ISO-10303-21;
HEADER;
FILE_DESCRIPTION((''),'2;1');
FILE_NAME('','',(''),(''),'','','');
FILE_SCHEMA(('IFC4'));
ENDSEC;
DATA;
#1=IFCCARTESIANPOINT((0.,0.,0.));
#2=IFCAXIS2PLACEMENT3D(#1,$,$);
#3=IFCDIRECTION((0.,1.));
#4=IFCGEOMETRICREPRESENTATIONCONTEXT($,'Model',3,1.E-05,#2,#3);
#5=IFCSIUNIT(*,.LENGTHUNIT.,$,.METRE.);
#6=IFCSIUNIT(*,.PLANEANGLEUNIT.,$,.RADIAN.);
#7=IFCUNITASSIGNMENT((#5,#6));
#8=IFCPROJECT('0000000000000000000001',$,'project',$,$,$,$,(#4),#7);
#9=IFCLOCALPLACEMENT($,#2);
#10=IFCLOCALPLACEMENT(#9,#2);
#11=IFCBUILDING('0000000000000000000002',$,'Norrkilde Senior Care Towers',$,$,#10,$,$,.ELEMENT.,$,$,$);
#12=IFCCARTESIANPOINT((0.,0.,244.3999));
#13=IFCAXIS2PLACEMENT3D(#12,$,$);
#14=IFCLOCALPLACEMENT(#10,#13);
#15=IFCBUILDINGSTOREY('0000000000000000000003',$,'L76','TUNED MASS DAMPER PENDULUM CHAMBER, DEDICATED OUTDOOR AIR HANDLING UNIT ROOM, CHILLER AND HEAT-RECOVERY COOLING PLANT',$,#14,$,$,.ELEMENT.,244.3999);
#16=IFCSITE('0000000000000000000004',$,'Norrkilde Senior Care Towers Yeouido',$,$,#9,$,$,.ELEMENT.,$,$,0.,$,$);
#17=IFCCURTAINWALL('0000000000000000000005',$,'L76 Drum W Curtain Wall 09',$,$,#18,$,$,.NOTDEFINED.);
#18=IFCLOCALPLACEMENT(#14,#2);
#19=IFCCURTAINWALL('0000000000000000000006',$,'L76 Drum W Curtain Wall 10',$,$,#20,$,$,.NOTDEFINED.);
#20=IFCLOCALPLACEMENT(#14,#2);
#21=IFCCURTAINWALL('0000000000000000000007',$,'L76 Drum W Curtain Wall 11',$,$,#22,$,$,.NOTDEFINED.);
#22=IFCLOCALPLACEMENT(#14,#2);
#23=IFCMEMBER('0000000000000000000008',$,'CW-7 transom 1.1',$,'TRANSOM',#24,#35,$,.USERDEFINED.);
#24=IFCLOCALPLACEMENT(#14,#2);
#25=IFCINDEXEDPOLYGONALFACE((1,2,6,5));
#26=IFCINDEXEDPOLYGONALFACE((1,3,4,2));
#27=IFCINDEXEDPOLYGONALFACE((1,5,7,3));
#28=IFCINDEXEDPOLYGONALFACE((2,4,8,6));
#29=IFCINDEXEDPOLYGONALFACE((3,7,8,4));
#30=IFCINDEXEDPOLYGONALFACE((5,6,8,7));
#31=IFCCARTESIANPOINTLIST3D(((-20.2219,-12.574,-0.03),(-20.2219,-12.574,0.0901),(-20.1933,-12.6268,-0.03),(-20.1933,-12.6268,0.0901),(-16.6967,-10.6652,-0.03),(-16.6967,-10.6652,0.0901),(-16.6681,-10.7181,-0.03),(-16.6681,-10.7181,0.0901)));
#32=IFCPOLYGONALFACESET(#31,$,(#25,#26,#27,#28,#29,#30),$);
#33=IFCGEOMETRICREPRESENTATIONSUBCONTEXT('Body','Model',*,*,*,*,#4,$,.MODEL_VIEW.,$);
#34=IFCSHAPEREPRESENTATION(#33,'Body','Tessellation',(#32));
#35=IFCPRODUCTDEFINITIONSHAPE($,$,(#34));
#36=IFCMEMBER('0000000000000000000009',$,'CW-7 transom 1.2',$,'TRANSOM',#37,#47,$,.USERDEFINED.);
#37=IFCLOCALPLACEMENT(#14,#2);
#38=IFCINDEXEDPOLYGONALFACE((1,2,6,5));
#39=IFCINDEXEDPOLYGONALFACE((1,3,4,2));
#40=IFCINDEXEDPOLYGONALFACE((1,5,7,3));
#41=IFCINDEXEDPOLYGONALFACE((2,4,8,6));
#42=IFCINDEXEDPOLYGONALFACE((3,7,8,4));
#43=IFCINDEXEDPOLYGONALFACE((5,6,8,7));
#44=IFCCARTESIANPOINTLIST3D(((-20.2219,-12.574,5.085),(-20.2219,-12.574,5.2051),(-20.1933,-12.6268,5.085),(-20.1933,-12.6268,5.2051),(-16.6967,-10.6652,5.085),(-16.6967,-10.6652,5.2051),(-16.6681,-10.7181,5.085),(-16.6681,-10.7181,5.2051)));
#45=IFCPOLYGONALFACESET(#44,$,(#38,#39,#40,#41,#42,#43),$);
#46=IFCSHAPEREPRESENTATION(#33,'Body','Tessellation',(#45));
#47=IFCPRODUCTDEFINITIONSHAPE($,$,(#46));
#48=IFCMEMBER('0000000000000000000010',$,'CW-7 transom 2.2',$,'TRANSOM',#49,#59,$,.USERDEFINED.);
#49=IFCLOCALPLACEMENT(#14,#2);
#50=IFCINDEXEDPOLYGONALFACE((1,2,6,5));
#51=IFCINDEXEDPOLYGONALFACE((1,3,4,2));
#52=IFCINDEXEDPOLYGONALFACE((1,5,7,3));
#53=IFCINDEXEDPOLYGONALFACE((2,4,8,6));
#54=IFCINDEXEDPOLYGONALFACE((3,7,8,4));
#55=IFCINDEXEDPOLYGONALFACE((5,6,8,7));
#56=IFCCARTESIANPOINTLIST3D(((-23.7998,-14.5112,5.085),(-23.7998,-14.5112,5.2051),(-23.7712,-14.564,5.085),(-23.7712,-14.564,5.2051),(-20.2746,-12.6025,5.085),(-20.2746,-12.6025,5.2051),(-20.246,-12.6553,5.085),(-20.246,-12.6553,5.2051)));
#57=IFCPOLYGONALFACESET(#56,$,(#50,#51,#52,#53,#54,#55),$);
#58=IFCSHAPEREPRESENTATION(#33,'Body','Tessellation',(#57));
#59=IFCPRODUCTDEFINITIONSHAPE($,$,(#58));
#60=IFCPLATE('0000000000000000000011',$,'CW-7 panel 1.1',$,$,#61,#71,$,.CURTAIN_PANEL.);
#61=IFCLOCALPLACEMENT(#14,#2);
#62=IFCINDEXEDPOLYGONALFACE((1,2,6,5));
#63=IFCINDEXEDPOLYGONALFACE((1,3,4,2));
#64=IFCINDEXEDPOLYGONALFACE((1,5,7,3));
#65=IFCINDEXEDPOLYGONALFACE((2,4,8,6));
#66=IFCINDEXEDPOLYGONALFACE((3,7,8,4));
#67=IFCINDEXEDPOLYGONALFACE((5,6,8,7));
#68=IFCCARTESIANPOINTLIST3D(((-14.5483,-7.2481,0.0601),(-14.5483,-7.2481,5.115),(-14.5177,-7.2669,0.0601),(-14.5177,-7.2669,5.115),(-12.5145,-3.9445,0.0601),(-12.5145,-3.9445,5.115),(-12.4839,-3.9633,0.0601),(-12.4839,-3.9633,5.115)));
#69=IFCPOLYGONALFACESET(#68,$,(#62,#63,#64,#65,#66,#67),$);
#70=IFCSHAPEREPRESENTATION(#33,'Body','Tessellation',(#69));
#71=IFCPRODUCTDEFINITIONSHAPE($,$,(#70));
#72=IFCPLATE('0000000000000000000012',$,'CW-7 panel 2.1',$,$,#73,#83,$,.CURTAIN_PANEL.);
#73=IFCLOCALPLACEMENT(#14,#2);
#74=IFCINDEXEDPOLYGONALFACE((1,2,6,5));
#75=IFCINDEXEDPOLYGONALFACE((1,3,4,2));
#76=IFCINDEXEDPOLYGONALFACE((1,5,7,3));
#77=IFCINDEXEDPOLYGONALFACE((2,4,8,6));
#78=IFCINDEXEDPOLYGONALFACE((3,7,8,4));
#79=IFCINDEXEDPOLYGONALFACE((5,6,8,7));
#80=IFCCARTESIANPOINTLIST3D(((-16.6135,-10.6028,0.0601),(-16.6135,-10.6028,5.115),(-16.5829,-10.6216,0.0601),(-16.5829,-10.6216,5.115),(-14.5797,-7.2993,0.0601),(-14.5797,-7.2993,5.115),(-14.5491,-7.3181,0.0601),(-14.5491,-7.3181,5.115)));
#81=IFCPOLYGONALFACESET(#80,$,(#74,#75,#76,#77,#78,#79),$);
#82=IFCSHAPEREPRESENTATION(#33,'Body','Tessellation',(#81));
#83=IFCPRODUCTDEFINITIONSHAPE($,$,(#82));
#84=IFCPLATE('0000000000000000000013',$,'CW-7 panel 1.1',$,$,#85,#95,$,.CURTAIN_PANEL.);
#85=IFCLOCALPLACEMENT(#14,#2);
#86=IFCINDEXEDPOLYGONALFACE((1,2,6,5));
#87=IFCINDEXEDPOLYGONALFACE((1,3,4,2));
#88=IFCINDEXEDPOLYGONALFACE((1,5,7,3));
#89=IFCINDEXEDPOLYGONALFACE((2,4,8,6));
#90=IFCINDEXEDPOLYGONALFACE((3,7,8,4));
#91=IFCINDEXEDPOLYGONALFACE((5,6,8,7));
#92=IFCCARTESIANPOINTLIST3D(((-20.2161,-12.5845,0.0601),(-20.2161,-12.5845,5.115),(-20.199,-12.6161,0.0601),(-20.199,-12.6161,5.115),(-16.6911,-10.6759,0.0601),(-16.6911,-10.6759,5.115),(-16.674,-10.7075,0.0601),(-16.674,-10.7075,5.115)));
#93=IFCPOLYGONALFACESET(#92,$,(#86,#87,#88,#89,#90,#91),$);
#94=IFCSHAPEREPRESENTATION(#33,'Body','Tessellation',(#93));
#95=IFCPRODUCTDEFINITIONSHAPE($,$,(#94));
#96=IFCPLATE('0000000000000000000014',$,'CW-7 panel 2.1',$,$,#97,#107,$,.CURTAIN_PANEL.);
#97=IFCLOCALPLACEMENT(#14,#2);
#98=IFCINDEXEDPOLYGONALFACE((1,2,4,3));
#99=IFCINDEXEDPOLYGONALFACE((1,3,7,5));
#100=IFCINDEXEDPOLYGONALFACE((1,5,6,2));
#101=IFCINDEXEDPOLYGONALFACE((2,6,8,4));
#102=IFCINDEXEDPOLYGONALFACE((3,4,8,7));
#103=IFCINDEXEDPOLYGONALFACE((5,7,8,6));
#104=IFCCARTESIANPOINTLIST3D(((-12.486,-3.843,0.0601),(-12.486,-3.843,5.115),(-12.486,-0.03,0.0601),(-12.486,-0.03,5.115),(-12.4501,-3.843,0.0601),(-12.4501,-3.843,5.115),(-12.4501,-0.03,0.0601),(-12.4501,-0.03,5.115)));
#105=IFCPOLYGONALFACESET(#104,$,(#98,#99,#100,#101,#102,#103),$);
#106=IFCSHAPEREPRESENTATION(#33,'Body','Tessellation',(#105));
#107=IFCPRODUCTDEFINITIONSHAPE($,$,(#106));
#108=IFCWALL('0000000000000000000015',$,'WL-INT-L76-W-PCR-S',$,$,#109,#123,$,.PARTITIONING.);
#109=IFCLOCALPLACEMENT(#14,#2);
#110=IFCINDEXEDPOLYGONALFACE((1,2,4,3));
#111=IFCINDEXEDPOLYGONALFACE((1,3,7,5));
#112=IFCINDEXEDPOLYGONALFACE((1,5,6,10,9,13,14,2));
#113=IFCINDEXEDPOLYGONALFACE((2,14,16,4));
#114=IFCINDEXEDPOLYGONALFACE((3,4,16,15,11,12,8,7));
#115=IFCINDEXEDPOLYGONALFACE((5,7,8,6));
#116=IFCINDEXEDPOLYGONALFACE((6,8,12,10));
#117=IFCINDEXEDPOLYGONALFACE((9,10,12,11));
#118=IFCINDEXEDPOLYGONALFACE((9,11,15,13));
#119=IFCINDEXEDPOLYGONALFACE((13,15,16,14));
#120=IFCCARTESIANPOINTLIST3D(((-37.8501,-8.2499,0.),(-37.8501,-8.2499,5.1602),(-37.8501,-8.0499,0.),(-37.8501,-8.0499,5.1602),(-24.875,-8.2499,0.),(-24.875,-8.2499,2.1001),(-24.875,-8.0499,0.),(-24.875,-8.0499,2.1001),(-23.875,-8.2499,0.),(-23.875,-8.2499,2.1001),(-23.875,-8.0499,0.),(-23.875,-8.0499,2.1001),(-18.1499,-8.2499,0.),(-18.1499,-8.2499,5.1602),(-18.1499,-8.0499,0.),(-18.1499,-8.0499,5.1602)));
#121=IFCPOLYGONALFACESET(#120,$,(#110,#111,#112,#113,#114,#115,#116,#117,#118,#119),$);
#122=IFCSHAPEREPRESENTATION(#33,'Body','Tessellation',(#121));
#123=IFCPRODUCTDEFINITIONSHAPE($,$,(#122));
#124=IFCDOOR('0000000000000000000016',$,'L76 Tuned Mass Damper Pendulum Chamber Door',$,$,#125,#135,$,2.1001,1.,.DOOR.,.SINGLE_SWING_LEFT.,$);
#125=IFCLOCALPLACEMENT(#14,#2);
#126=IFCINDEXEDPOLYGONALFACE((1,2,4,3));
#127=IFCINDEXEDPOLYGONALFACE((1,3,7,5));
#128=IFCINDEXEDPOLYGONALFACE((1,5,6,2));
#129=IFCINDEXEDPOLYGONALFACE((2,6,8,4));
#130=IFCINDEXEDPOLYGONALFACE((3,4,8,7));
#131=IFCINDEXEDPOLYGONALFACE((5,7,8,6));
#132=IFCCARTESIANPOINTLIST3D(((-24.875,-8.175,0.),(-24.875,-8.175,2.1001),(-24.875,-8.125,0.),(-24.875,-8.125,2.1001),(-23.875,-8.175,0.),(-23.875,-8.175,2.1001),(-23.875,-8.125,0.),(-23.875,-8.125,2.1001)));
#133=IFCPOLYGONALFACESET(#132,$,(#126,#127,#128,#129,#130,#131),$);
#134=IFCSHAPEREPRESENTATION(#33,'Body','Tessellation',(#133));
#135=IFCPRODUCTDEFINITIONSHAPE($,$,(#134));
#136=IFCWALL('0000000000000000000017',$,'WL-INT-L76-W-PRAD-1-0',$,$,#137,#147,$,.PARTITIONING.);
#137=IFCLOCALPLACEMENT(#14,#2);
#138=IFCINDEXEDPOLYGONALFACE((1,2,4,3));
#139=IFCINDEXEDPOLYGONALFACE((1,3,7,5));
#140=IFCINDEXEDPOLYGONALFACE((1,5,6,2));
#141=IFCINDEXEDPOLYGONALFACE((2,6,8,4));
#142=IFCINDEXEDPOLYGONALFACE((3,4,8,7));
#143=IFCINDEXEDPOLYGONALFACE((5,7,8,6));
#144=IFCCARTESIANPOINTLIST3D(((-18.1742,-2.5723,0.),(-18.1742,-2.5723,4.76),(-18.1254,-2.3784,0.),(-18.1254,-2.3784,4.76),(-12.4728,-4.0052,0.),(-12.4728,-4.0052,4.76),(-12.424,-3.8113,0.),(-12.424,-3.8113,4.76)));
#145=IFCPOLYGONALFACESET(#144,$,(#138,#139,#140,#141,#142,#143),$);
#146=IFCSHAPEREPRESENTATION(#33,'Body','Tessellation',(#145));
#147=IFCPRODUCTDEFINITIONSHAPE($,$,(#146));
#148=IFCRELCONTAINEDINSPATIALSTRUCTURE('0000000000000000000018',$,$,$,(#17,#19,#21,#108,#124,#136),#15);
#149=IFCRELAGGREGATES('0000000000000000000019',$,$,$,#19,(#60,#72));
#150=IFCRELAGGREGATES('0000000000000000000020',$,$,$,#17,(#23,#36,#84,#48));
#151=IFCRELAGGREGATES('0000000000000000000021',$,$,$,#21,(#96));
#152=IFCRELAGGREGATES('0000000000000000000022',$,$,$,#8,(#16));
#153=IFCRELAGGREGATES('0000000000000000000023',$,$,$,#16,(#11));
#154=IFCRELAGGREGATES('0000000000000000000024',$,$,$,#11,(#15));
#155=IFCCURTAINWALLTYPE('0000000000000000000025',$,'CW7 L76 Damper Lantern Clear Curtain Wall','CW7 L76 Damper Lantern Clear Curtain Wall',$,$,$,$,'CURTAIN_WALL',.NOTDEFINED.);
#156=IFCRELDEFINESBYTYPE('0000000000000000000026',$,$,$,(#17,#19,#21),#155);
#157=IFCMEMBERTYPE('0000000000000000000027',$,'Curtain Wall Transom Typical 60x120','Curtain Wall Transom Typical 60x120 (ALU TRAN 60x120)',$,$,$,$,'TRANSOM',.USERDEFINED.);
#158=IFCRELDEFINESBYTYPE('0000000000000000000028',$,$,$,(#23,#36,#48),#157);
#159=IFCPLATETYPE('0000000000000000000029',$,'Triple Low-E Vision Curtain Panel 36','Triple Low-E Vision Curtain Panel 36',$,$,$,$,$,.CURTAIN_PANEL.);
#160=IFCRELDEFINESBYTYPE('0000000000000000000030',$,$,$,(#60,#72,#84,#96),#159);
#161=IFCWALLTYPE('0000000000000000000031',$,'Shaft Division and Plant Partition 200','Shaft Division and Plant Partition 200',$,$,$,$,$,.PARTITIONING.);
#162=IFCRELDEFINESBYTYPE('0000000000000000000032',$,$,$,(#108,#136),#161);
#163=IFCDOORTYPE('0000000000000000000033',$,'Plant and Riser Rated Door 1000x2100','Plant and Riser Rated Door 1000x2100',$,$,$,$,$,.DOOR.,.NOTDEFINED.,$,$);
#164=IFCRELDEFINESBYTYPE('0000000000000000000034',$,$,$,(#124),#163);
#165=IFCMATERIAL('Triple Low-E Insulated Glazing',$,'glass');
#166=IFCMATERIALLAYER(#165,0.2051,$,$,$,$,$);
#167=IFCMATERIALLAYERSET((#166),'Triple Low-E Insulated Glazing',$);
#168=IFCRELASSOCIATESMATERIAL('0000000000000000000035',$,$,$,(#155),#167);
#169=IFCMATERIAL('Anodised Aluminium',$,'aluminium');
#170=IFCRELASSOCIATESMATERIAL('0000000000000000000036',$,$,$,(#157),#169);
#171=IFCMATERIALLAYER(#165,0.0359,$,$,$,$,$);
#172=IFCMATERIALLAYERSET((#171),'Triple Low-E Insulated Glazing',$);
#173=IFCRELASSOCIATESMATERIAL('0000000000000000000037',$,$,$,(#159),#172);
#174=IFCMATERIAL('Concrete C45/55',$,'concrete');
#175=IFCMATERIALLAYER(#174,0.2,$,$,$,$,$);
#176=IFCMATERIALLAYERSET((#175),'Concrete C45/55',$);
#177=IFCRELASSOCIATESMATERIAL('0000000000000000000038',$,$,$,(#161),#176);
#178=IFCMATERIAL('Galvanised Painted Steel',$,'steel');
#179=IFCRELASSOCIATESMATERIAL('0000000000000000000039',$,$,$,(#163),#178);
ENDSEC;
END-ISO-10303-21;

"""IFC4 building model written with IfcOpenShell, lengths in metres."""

from ifc_helpers import new_model, si_unit, direction, frame, frame_2d, origin, origin_2d, place, context, subcontext, project, spatial, rectangle, extrude, source, transform, mapped, material, layer, layer_set, material_profile, profile_set, type_object, type_shapes, element, fill, aggregate, save


model = new_model("IFC4")

# Units and contexts
model_context = context("Model", 3, precision=1e-05, world=origin(), true_north=direction((0.0, 1.0)))
body_context = subcontext(model_context, "Body", "Model", "MODEL_VIEW")
ifc_project = project(units=[si_unit("LENGTHUNIT", "METRE"), si_unit("PLANEANGLEUNIT", "RADIAN")], contexts=[model_context])

# Site, building, storey
site_placement = place(None, origin())
site = spatial("IfcSite", under=ifc_project, at=site_placement, Name="Norrkilde Senior Care Towers Yeouido", CompositionType="ELEMENT", RefElevation=0.0)
building_placement = place(site_placement, origin())
building = spatial("IfcBuilding", under=site, at=building_placement, Name="Norrkilde Senior Care Towers", CompositionType="ELEMENT")
storey_placement = place(building_placement, frame((0.0, 0.0, 244.3999)))
storey = spatial("IfcBuildingStorey", under=building, at=storey_placement, Name="L76", Description="TUNED MASS DAMPER PENDULUM CHAMBER, DEDICATED OUTDOOR AIR HANDLING UNIT ROOM, CHILLER AND HEAT-RECOVERY COOLING PLANT", CompositionType="ELEMENT", Elevation=244.3999)

# Curtain walls
ifc_material_1 = material(Name="Triple Low-E Insulated Glazing", Category="glass")
ifc_layer_1 = layer(ifc_material_1, 0.2051)
ifc_layer_set_1 = layer_set([ifc_layer_1], Name="Triple Low-E Insulated Glazing")
curtain_wall_type = type_object("IfcCurtainWallType", Name="CW7 L76 Damper Lantern Clear Curtain Wall", Description="CW7 L76 Damper Lantern Clear Curtain Wall", ElementType="CURTAIN_WALL", PredefinedType="NOTDEFINED", material=ifc_layer_set_1)
curtain_wall_1_placement = place(storey_placement, origin())
curtain_wall_1 = element("IfcCurtainWall", 1, at=curtain_wall_1_placement, inside=storey, type_object=curtain_wall_type, Name="L76 Drum W Curtain Wall 09", PredefinedType="NOTDEFINED")
ifc_material_2 = material(Name="Anodised Aluminium", Category="aluminium")
curtain_wall_2_placement = place(storey_placement, origin())
curtain_wall_2 = element("IfcCurtainWall", 2, at=curtain_wall_2_placement, inside=storey, type_object=curtain_wall_type, Name="L76 Drum W Curtain Wall 10", PredefinedType="NOTDEFINED")

# Curtain wall
curtain_wall_3_placement = place(storey_placement, origin())
curtain_wall_3 = element("IfcCurtainWall", 3, at=curtain_wall_3_placement, inside=storey, type_object=curtain_wall_type, Name="L76 Drum W Curtain Wall 11", PredefinedType="NOTDEFINED")

# Members
ifc_material_profile_1 = material_profile(ifc_material_2, rectangle(XDim=0.0601, YDim=0.1201, at=origin_2d()), Name="ALU TRAN 60x120")
ifc_profile_set_1 = profile_set([ifc_material_profile_1], Name="Anodised Aluminium")
member_type_1 = type_object("IfcMemberType", Name="Curtain Wall Transom Typical 60x120", Description="Curtain Wall Transom Typical 60x120 (ALU TRAN 60x120)", ElementType="TRANSOM", PredefinedType="USERDEFINED", material=ifc_profile_set_1)
shared_shape_1 = source(origin(), body_context, "Body", "SweptSolid", [
    extrude(rectangle(XDim=0.0601, YDim=0.1201, at=origin_2d()), origin(), (0.0, 0.0, 1.0), 4.0088),
])
member_1_placement = place(storey_placement, frame((-16.6824, -10.6917, 0.03), z_axis=(-0.879372, -0.476136, 0.0), x_axis=(0.476136, -0.879372, 0.0)))
member_1 = element("IfcMember", 4, at=member_1_placement, type_object=member_type_1, Name="CW-7 transom 1.1", ObjectType="TRANSOM", PredefinedType="USERDEFINED", context=body_context, shape_type="MappedRepresentation", body=[
    mapped(shared_shape_1, transform((0.0, 0.0, 0.0), x_axis=(1.0, 0.0, 0.0), y_axis=(0.0, 1.0, 0.0), z_axis=(0.0, 0.0, 1.0), scale=1.0)),
])
member_2_placement = place(storey_placement, frame((-16.6824, -10.6917, 5.145), z_axis=(-0.879372, -0.476136, 0.0), x_axis=(0.476136, -0.879372, 0.0)))
member_2 = element("IfcMember", 5, at=member_2_placement, type_object=member_type_1, Name="CW-7 transom 1.2", ObjectType="TRANSOM", PredefinedType="USERDEFINED", context=body_context, shape_type="MappedRepresentation", body=[
    mapped(shared_shape_1, transform((0.0, 0.0, 0.0), x_axis=(1.0, 0.0, 0.0), y_axis=(0.0, 1.0, 0.0), z_axis=(0.0, 0.0, 1.0), scale=1.0)),
])
member_3_placement = place(storey_placement, frame((-20.2603, -12.6289, 5.145), z_axis=(-0.879372, -0.476136, 0.0), x_axis=(0.476136, -0.879372, 0.0)))
member_3 = element("IfcMember", 6, at=member_3_placement, type_object=member_type_1, Name="CW-7 transom 2.2", ObjectType="TRANSOM", PredefinedType="USERDEFINED", context=body_context, shape_type="MappedRepresentation", body=[
    mapped(shared_shape_1, transform((0.0, 0.0, 0.0), x_axis=(1.0, 0.0, 0.0), y_axis=(0.0, 1.0, 0.0), z_axis=(0.0, 0.0, 1.0), scale=1.0)),
])

# Plates
ifc_layer_2 = layer(ifc_material_1, 0.0359)
ifc_layer_set_2 = layer_set([ifc_layer_2], Name="Triple Low-E Insulated Glazing")
plate_type = type_object("IfcPlateType", Name="Triple Low-E Vision Curtain Panel 36", Description="Triple Low-E Vision Curtain Panel 36", PredefinedType="CURTAIN_PANEL", material=ifc_layer_set_2)
shared_shape_2 = source(origin(), body_context, "Body", "SweptSolid", [
    extrude(rectangle(XDim=3.8794, YDim=0.0359, at=origin_2d()), origin(), (0.0, 0.0, 1.0), 5.0549),
])
plate_1_placement = place(storey_placement, frame((-13.5161, -5.6057, 0.0601), z_axis=(0.0, 0.0, 1.0), x_axis=(-0.524253, -0.851563, 0.0)))
plate_1 = element("IfcPlate", 7, at=plate_1_placement, type_object=plate_type, Name="CW-7 panel 1.1", PredefinedType="CURTAIN_PANEL", context=body_context, shape_type="MappedRepresentation", body=[
    mapped(shared_shape_2, transform((0.0, 0.0, 0.0), x_axis=(1.0, 0.0, 0.0), y_axis=(0.0, 1.0, 0.0), z_axis=(0.0, 0.0, 1.0), scale=1.0)),
])
plate_2_placement = place(storey_placement, frame((-15.5813, -8.9604, 0.0601), z_axis=(0.0, 0.0, 1.0), x_axis=(-0.524253, -0.851563, 0.0)))
plate_2 = element("IfcPlate", 8, at=plate_2_placement, type_object=plate_type, Name="CW-7 panel 2.1", PredefinedType="CURTAIN_PANEL", context=body_context, shape_type="MappedRepresentation", body=[
    mapped(shared_shape_2, transform((0.0, 0.0, 0.0), x_axis=(1.0, 0.0, 0.0), y_axis=(0.0, 1.0, 0.0), z_axis=(0.0, 0.0, 1.0), scale=1.0)),
])
aggregate(curtain_wall_2, [plate_1, plate_2])
shared_shape_3 = source(origin(), body_context, "Body", "SweptSolid", [
    extrude(rectangle(XDim=4.0085, YDim=0.0359, at=origin_2d()), origin(), (0.0, 0.0, 1.0), 5.0549),
])
plate_3_placement = place(storey_placement, frame((-18.4451, -11.646, 0.0601), z_axis=(0.0, 0.0, 1.0), x_axis=(-0.879373, -0.476133, 0.0)))
plate_3 = element("IfcPlate", 9, at=plate_3_placement, type_object=plate_type, Name="CW-7 panel 1.1", PredefinedType="CURTAIN_PANEL", context=body_context, shape_type="MappedRepresentation", body=[
    mapped(shared_shape_3, transform((0.0, 0.0, 0.0), x_axis=(1.0, 0.0, 0.0), y_axis=(0.0, 1.0, 0.0), z_axis=(0.0, 0.0, 1.0), scale=1.0)),
])
aggregate(curtain_wall_1, [member_1, member_2, plate_3, member_3])
shared_shape_4 = source(origin(), body_context, "Body", "SweptSolid", [
    extrude(rectangle(XDim=3.813, YDim=0.0359, at=origin_2d()), origin(), (0.0, 0.0, 1.0), 5.0549),
])
type_shapes(plate_type, [shared_shape_2, shared_shape_3, shared_shape_4])
plate_4_placement = place(storey_placement, frame((-12.468, -1.9365, 0.0601), z_axis=(0.0, 0.0, 1.0), x_axis=(0.0, -1.0, 0.0)))
plate_4 = element("IfcPlate", 10, at=plate_4_placement, type_object=plate_type, Name="CW-7 panel 2.1", PredefinedType="CURTAIN_PANEL", context=body_context, shape_type="MappedRepresentation", body=[
    mapped(shared_shape_4, transform((0.0, 0.0, 0.0), x_axis=(1.0, 0.0, 0.0), y_axis=(0.0, 1.0, 0.0), z_axis=(0.0, 0.0, 1.0), scale=1.0)),
])
aggregate(curtain_wall_3, [plate_4])

# Wall, opening, door
ifc_material_3 = material(Name="Concrete C45/55", Category="concrete")
ifc_layer_3 = layer(ifc_material_3, 0.2)
ifc_layer_set_3 = layer_set([ifc_layer_3], Name="Concrete C45/55")
wall_type = type_object("IfcWallType", Name="Shaft Division and Plant Partition 200", Description="Shaft Division and Plant Partition 200", PredefinedType="PARTITIONING", material=ifc_layer_set_3)
shared_shape_5 = source(origin(), body_context, "Body", "SweptSolid", [
    extrude(rectangle(XDim=19.7002, YDim=0.2, at=frame_2d((9.8501, 0.0))), origin(), (0.0, 0.0, 1.0), 5.1602),
])
wall_1_placement = place(storey_placement, frame((-18.1499, -8.1499, 0.0), z_axis=(0.0, 0.0, 1.0), x_axis=(-1.0, 0.0, 0.0)))
wall_1 = element("IfcWall", 11, at=wall_1_placement, inside=storey, type_object=wall_type, Name="WL-INT-L76-W-PCR-S", PredefinedType="PARTITIONING", context=body_context, shape_type="MappedRepresentation", body=[
    mapped(shared_shape_5, transform((0.0, 0.0, 0.0), x_axis=(1.0, 0.0, 0.0), y_axis=(0.0, 1.0, 0.0), z_axis=(0.0, 0.0, 1.0), scale=1.0)),
])
opening_placement = place(wall_1_placement, frame((5.7251, 0.0, 0.0)))
opening = element("IfcOpeningElement", 12, at=opening_placement, cuts=wall_1, PredefinedType="OPENING", context=body_context, shape_type="SweptSolid", body=[
    extrude(rectangle(XDim=1.0, YDim=2.1001, at=frame_2d((0.5, 1.05))), frame((0.0, 0.1099, 0.0), z_axis=(0.0, -1.0, 0.0), x_axis=(1.0, 0.0, 0.0)), (0.0, 0.0, 1.0), 0.22),
])
ifc_material_4 = material(Name="Galvanised Painted Steel", Category="steel")
door_type = type_object("IfcDoorType", Name="Plant and Riser Rated Door 1000x2100", Description="Plant and Riser Rated Door 1000x2100", OperationType="NOTDEFINED", PredefinedType="DOOR", material=ifc_material_4)
shared_shape_6 = source(origin(), body_context, "Body", "SweptSolid", [
    extrude(rectangle(XDim=1.0, YDim=2.1001, at=frame_2d((0.5, 1.05))), frame((0.0, 0.0249, 0.0), z_axis=(0.0, -1.0, 0.0), x_axis=(1.0, 0.0, 0.0)), (0.0, 0.0, 1.0), 0.05),
])
type_shapes(door_type, [shared_shape_6])
door_placement = place(opening_placement, frame((1.0, 0.0, 0.0), z_axis=(0.0, 0.0, 1.0), x_axis=(-1.0, 0.0, 0.0)))
door = element("IfcDoor", 13, at=door_placement, inside=storey, type_object=door_type, Name="L76 Tuned Mass Damper Pendulum Chamber Door", OperationType="SINGLE_SWING_LEFT", OverallHeight=2.1001, OverallWidth=1.0, PredefinedType="DOOR", context=body_context, shape_type="MappedRepresentation", body=[
    mapped(shared_shape_6, transform((0.0, 0.0, 0.0), x_axis=(1.0, 0.0, 0.0), y_axis=(0.0, 1.0, 0.0), z_axis=(0.0, 0.0, 1.0), scale=1.0)),
])
fill(opening, door)

# Wall
shared_shape_7 = source(origin(), body_context, "Body", "SweptSolid", [
    extrude(rectangle(XDim=5.8787, YDim=0.2, at=frame_2d((2.9395, 0.0))), origin(), (0.0, 0.0, 1.0), 4.76),
])
type_shapes(wall_type, [shared_shape_5, shared_shape_7])
wall_2_placement = place(storey_placement, frame((-18.1499, -2.4753, 0.0), z_axis=(0.0, 0.0, 1.0), x_axis=(0.969841, -0.243737, 0.0)))
element("IfcWall", 14, at=wall_2_placement, inside=storey, type_object=wall_type, Name="WL-INT-L76-W-PRAD-1-0", PredefinedType="PARTITIONING", context=body_context, shape_type="MappedRepresentation", body=[
    mapped(shared_shape_7, transform((0.0, 0.0, 0.0), x_axis=(1.0, 0.0, 0.0), y_axis=(0.0, 1.0, 0.0), z_axis=(0.0, 0.0, 1.0), scale=1.0)),
])

save(model, "model.ifc")
